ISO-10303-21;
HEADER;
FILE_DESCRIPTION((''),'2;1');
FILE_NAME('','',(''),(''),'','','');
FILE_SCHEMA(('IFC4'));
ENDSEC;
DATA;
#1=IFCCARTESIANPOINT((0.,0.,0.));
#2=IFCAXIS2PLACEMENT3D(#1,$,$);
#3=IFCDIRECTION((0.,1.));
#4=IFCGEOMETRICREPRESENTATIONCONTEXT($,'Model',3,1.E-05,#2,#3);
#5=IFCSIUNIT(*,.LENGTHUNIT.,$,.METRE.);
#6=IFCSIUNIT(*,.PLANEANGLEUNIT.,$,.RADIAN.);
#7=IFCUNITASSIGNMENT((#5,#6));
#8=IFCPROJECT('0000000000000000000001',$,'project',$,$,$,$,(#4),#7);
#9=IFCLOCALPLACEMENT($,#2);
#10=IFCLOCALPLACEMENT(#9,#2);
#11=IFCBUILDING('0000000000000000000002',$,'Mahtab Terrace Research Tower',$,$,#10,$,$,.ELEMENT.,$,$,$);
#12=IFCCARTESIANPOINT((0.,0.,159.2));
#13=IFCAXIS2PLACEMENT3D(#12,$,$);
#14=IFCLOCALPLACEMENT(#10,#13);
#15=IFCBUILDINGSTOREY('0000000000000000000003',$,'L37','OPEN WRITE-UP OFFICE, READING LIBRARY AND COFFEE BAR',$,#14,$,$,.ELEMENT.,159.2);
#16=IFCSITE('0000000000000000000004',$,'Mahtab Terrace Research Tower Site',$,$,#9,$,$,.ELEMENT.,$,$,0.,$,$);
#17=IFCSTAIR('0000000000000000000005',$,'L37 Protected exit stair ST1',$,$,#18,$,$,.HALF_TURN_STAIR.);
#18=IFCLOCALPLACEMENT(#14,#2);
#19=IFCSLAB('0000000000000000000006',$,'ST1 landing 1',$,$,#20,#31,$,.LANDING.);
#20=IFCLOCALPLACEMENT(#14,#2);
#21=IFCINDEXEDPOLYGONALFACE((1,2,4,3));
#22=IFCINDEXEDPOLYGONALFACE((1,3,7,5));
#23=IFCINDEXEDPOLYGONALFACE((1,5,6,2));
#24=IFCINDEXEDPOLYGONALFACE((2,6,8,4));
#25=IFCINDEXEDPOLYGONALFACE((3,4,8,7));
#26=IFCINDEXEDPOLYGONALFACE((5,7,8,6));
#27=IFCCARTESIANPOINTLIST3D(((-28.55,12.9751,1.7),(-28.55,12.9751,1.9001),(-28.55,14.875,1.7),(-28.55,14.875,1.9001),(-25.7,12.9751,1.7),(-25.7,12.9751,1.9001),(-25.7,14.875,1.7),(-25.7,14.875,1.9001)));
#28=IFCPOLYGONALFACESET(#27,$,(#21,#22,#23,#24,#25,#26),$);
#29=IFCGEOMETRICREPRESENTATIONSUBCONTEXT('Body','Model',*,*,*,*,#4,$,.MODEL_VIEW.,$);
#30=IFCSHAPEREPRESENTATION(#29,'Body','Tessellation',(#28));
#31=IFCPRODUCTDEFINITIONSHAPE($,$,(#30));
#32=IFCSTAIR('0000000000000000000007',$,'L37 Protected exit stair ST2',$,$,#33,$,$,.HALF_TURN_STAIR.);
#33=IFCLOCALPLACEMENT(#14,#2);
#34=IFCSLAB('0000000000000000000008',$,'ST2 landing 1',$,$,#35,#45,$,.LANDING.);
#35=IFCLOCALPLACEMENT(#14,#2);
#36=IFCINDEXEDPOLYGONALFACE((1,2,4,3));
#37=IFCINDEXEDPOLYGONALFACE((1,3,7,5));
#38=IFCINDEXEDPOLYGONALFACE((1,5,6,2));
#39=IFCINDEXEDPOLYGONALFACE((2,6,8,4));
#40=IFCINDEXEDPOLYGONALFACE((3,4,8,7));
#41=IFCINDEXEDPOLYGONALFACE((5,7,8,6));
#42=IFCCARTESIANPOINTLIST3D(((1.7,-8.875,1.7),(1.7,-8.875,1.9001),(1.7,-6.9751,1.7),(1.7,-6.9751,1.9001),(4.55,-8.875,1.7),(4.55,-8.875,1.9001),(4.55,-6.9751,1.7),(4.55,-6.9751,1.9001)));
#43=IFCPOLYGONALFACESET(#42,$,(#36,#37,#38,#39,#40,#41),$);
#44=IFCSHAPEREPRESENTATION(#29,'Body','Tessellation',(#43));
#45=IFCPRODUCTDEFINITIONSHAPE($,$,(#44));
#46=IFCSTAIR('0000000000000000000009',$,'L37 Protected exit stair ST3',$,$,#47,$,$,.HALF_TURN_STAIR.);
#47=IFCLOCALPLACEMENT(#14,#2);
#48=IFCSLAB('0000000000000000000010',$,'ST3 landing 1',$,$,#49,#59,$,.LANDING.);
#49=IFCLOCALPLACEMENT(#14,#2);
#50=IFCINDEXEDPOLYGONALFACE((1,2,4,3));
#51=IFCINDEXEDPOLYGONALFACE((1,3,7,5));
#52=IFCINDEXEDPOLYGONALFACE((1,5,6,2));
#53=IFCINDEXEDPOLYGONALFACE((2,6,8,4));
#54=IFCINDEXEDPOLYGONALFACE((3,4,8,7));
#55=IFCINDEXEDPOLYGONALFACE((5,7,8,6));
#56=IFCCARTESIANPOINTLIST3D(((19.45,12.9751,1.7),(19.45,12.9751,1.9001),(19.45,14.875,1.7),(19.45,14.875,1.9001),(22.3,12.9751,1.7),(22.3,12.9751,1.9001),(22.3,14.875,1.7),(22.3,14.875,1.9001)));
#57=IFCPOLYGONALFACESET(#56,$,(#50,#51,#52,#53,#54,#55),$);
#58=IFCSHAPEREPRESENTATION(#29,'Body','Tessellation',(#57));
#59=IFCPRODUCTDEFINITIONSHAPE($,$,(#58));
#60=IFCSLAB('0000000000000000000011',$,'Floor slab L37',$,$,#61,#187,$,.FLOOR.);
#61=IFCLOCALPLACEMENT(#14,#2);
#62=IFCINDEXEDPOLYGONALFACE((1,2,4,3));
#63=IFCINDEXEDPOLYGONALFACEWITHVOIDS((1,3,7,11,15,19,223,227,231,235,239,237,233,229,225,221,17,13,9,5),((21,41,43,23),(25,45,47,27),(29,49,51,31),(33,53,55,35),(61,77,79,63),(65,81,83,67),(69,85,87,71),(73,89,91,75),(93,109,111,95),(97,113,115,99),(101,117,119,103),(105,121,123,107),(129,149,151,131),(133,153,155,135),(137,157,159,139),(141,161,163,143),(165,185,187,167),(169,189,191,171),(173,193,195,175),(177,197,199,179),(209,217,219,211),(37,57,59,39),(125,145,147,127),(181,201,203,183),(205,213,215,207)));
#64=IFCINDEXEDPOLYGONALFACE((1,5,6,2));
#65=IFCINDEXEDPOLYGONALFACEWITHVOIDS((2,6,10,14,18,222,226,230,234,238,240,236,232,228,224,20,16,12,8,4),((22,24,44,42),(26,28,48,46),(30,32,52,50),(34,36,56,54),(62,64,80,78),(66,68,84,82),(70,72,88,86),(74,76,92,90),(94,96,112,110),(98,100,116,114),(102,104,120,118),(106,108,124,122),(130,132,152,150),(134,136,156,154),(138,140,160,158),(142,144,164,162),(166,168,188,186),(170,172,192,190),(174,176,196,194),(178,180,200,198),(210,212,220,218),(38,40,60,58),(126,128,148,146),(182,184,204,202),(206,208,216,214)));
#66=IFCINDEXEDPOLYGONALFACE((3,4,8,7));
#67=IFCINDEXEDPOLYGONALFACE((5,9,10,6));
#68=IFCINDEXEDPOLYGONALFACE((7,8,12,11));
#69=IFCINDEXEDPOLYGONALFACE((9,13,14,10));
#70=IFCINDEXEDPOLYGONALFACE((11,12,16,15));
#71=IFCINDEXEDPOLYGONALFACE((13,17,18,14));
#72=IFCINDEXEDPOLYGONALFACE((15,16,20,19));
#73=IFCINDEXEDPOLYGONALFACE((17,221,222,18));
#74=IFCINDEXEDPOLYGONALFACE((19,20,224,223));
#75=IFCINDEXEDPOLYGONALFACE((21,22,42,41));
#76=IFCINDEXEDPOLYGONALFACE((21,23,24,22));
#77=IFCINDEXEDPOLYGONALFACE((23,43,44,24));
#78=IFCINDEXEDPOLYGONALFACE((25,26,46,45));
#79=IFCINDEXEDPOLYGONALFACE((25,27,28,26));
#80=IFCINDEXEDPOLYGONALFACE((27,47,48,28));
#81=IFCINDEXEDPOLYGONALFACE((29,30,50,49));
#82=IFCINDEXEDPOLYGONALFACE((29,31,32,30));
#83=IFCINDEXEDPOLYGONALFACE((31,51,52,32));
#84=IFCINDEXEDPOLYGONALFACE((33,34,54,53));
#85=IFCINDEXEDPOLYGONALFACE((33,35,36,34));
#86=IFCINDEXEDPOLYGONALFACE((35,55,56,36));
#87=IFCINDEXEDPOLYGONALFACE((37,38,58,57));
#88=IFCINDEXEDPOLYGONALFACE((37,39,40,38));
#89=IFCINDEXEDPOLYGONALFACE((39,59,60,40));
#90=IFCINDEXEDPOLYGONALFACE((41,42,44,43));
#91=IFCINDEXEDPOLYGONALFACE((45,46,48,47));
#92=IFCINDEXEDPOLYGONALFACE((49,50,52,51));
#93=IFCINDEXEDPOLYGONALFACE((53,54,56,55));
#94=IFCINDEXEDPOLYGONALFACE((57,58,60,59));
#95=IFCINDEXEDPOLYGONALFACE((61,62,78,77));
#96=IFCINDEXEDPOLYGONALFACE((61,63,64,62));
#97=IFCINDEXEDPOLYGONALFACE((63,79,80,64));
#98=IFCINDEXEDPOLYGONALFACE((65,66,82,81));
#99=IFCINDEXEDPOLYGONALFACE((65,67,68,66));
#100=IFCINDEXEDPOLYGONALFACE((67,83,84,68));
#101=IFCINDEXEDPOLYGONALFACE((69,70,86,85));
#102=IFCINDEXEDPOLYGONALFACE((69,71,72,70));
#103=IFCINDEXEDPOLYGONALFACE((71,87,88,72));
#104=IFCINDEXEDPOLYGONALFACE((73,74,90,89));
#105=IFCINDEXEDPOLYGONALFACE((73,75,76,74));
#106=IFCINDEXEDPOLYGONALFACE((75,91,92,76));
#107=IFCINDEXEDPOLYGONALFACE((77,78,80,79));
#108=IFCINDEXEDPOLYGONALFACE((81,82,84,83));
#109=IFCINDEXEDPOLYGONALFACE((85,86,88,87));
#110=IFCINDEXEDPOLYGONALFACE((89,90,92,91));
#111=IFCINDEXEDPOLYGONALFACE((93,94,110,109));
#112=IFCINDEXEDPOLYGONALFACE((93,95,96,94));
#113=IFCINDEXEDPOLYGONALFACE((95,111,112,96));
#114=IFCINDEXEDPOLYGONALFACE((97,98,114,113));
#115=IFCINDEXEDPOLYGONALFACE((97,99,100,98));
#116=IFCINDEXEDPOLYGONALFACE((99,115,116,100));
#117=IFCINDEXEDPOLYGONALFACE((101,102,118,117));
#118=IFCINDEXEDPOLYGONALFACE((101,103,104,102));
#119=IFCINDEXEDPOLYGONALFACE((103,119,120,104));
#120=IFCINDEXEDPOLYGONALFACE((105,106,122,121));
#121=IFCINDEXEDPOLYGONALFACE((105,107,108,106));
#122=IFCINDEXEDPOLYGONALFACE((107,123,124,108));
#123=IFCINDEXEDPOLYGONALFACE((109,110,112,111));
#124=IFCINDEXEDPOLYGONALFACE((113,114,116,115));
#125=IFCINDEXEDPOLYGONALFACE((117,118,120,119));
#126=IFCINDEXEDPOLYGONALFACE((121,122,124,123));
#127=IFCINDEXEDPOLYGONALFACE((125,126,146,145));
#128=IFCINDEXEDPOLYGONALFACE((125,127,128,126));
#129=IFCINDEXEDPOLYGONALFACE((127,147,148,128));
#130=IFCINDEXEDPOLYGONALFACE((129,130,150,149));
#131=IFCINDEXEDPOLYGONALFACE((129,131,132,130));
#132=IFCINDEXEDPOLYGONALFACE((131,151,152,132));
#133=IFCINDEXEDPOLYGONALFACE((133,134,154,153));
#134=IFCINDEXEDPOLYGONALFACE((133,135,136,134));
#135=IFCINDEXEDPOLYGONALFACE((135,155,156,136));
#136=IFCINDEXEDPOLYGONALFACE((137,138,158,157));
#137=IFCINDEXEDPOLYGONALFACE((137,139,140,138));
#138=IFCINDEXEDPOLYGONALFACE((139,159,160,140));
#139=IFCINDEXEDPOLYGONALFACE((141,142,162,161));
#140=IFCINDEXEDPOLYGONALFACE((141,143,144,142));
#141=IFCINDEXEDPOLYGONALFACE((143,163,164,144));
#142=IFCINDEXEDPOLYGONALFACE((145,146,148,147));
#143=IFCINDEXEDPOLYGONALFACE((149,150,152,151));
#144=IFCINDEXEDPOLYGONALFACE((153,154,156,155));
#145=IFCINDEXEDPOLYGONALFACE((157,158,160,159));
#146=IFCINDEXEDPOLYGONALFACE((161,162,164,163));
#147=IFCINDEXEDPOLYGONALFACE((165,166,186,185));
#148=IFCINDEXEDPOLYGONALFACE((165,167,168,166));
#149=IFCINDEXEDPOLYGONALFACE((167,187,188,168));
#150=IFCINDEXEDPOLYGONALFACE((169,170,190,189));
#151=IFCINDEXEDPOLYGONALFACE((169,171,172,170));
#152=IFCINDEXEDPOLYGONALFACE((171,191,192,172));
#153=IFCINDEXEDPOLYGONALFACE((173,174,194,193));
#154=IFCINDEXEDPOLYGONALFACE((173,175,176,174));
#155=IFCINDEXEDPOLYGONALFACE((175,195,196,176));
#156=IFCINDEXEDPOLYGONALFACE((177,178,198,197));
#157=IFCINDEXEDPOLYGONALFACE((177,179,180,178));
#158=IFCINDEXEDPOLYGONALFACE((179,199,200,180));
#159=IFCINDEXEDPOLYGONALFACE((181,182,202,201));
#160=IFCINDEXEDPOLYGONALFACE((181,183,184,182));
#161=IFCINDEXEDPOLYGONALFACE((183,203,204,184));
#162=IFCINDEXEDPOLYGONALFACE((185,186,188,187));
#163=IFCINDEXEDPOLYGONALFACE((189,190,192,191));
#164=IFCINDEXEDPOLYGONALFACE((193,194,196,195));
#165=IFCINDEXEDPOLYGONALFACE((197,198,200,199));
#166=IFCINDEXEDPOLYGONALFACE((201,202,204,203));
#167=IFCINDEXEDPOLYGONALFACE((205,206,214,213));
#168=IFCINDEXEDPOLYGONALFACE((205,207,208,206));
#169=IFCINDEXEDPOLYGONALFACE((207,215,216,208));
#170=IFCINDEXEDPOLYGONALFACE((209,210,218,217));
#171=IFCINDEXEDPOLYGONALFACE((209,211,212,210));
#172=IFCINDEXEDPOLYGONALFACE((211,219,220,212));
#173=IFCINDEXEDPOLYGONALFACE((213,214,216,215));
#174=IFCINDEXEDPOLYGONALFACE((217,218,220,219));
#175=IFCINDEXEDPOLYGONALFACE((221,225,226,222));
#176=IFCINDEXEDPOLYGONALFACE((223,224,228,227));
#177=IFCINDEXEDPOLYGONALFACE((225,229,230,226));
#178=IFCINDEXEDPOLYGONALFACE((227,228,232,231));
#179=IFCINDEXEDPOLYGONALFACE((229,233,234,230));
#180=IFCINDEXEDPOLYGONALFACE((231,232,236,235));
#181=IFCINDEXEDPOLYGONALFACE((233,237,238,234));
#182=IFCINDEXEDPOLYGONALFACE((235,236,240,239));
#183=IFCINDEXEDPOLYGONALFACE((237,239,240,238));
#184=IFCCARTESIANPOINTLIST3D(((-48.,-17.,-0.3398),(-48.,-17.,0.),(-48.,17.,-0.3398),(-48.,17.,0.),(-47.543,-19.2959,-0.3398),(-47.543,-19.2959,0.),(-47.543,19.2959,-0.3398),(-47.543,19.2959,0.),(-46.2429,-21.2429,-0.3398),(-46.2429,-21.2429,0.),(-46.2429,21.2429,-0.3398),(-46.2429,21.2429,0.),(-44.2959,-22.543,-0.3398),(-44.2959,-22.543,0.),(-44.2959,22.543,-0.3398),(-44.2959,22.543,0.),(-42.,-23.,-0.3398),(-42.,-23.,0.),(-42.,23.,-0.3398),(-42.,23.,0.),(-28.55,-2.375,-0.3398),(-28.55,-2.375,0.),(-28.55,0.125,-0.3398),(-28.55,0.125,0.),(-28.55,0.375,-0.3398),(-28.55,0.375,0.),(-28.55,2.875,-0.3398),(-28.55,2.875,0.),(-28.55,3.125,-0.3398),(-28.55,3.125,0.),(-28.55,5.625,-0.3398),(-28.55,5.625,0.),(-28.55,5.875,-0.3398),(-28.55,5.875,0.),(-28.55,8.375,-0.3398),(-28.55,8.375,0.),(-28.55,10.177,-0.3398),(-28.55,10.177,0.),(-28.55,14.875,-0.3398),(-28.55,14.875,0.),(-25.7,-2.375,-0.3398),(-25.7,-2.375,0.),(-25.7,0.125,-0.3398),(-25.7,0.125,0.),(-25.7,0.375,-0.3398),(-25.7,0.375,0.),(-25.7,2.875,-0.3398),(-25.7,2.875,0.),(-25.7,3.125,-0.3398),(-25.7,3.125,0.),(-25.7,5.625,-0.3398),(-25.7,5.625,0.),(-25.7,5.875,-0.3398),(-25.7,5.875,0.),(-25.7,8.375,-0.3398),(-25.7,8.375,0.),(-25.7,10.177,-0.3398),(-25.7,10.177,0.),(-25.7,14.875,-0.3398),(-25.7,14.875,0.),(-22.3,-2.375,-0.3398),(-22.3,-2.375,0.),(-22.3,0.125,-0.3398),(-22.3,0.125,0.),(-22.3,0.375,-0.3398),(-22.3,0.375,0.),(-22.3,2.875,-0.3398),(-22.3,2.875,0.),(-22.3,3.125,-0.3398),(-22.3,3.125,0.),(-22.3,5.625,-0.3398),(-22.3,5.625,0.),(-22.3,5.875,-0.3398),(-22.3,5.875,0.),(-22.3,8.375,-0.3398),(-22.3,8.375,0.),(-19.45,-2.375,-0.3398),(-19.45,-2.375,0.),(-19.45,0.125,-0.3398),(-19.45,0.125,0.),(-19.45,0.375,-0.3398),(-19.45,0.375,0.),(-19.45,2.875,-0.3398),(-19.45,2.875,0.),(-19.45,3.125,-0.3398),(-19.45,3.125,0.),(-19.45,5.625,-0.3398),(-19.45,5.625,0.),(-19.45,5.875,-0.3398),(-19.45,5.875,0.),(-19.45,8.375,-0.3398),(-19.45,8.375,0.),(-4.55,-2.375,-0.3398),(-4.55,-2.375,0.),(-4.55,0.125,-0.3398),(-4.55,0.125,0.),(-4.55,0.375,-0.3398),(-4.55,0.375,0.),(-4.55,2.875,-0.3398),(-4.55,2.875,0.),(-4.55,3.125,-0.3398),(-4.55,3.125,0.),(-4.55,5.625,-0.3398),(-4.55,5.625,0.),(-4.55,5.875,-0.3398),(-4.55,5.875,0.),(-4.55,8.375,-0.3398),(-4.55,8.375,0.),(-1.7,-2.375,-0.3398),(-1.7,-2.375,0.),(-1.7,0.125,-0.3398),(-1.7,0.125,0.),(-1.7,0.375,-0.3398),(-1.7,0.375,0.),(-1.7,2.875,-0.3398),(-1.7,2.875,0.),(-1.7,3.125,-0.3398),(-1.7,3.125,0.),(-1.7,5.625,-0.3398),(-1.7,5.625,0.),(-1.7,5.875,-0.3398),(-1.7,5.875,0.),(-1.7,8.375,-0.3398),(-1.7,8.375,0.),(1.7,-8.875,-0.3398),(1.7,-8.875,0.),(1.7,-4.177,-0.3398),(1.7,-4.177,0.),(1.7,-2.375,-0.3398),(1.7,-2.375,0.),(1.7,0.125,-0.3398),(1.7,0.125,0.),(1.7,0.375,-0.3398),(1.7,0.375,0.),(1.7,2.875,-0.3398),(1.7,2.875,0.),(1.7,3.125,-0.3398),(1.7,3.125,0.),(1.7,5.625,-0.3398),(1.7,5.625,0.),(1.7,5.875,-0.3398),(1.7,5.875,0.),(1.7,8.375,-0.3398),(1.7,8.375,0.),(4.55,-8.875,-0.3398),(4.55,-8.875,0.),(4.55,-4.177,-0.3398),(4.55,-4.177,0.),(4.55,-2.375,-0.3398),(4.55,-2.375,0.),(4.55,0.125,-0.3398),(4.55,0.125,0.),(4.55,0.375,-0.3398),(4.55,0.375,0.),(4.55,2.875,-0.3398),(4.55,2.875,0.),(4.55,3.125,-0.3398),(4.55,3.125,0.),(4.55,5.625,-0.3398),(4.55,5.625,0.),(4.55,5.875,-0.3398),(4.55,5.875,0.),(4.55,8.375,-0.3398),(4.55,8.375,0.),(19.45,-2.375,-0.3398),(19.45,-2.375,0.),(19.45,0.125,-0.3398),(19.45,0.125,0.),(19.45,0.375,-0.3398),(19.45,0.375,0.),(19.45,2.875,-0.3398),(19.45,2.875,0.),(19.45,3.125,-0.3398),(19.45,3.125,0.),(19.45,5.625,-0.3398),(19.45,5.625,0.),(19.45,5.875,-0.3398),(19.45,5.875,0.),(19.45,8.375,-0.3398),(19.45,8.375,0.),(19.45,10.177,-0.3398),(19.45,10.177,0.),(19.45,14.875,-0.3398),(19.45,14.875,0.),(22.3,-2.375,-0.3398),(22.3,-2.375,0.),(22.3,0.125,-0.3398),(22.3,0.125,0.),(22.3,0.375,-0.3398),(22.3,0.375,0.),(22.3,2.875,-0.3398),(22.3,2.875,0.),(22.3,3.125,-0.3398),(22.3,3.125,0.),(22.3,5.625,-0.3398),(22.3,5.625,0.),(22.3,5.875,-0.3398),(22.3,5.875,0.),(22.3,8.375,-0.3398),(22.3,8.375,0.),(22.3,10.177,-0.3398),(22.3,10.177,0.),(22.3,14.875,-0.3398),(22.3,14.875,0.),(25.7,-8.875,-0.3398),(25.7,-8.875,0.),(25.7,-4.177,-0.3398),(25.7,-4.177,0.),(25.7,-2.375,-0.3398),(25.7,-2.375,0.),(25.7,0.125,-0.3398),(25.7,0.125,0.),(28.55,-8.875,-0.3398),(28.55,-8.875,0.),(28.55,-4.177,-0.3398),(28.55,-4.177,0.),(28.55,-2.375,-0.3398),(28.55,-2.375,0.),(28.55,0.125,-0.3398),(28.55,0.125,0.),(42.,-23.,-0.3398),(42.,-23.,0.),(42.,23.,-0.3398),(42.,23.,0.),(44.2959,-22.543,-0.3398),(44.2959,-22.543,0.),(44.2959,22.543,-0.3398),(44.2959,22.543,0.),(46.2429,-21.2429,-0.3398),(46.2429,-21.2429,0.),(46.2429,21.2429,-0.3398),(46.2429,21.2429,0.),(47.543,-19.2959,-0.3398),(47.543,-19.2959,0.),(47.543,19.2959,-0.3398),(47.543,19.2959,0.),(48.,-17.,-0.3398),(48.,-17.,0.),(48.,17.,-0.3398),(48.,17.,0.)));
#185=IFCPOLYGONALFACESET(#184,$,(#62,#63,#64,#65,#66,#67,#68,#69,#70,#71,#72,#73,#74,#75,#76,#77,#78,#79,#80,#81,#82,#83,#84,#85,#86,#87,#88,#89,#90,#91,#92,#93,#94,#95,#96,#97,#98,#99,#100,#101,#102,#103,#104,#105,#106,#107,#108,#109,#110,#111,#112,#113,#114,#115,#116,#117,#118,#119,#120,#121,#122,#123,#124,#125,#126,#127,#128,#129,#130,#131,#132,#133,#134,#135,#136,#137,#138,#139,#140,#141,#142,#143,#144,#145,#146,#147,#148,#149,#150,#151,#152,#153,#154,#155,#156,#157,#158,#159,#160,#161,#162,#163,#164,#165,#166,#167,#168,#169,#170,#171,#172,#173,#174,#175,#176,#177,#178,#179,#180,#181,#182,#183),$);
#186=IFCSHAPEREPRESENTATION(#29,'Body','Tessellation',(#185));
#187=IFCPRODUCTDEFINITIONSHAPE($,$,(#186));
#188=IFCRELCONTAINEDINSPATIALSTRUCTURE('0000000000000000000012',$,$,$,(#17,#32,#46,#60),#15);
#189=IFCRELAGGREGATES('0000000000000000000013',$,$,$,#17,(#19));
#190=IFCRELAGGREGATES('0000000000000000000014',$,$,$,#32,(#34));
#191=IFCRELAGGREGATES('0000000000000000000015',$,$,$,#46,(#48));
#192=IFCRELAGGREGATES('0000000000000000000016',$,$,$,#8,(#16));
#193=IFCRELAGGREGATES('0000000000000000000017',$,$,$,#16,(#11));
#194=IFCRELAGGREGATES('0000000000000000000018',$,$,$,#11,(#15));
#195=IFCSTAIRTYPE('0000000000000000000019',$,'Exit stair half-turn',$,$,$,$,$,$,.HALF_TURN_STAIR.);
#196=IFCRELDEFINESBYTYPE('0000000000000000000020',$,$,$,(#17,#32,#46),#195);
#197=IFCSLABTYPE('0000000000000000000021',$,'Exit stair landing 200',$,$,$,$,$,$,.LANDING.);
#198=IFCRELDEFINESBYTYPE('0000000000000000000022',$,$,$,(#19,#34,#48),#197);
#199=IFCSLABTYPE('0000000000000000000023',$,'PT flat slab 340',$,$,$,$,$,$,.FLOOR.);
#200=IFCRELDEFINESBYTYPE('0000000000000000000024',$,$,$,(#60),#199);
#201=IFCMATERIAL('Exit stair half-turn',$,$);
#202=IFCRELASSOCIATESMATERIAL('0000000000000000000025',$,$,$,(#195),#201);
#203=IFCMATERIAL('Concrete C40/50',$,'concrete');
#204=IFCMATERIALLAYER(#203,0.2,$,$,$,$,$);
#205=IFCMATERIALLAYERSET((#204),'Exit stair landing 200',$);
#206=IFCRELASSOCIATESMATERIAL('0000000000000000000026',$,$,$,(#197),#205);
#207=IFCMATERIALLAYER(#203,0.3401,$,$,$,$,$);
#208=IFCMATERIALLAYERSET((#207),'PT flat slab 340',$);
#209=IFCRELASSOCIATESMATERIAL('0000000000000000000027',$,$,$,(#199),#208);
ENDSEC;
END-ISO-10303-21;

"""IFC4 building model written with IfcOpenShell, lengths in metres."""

from ifc_helpers import new_model, si_unit, direction, frame, origin, place, context, subcontext, project, spatial, polyline, outline, extrude, material, layer, layer_set, type_object, element, aggregate, save


model = new_model("IFC4")

# Units and contexts
model_context = context("Model", 3, precision=1e-05, world=origin(), true_north=direction((0.0, 1.0)))
body_context = subcontext(model_context, "Body", "Model", "MODEL_VIEW")
ifc_project = project(units=[si_unit("LENGTHUNIT", "METRE"), si_unit("PLANEANGLEUNIT", "RADIAN")], contexts=[model_context])

# Site, building, storey
site_placement = place(None, origin())
site = spatial("IfcSite", under=ifc_project, at=site_placement, Name="Mahtab Terrace Research Tower Site", CompositionType="ELEMENT", RefElevation=0.0)
building_placement = place(site_placement, origin())
building = spatial("IfcBuilding", under=site, at=building_placement, Name="Mahtab Terrace Research Tower", CompositionType="ELEMENT")
storey_placement = place(building_placement, frame((0.0, 0.0, 159.2)))
storey = spatial("IfcBuildingStorey", under=building, at=storey_placement, Name="L37", Description="OPEN WRITE-UP OFFICE, READING LIBRARY AND COFFEE BAR", CompositionType="ELEMENT", Elevation=159.2)

# Stairs, slabs
ifc_material_1 = material(Name="Exit stair half-turn")
stair_type = type_object("IfcStairType", Name="Exit stair half-turn", PredefinedType="HALF_TURN_STAIR", material=ifc_material_1)
stair_1_placement = place(storey_placement, origin())
stair_1 = element("IfcStair", 1, at=stair_1_placement, inside=storey, type_object=stair_type, Name="L37 Protected exit stair ST1", PredefinedType="HALF_TURN_STAIR")
ifc_material_2 = material(Name="Concrete C40/50", Category="concrete")
ifc_layer_1 = layer(ifc_material_2, 0.2)
ifc_layer_set_1 = layer_set([ifc_layer_1], Name="Exit stair landing 200")
slab_type_1 = type_object("IfcSlabType", Name="Exit stair landing 200", PredefinedType="LANDING", material=ifc_layer_set_1)
slab_1_placement = place(storey_placement, frame((0.0, 0.0, 1.7)))
slab_1 = element("IfcSlab", 2, at=slab_1_placement, type_object=slab_type_1, Name="ST1 landing 1", PredefinedType="LANDING", context=body_context, shape_type="SweptSolid", body=[
    extrude(outline(polyline([(-25.7, 12.9751), (-25.7, 14.875), (-28.55, 14.875), (-28.55, 12.9751), (-25.7, 12.9751)])), origin(), (0.0, 0.0, 1.0), 0.2002),
])
aggregate(stair_1, [slab_1])
stair_2_placement = place(storey_placement, origin())
stair_2 = element("IfcStair", 3, at=stair_2_placement, inside=storey, type_object=stair_type, Name="L37 Protected exit stair ST2", PredefinedType="HALF_TURN_STAIR")
slab_2_placement = place(storey_placement, frame((0.0, 0.0, 1.7)))
slab_2 = element("IfcSlab", 4, at=slab_2_placement, type_object=slab_type_1, Name="ST2 landing 1", PredefinedType="LANDING", context=body_context, shape_type="SweptSolid", body=[
    extrude(outline(polyline([(1.7, -6.9751), (1.7, -8.875), (4.55, -8.875), (4.55, -6.9751), (1.7, -6.9751)])), origin(), (0.0, 0.0, 1.0), 0.2002),
])
aggregate(stair_2, [slab_2])
stair_3_placement = place(storey_placement, origin())
stair_3 = element("IfcStair", 5, at=stair_3_placement, inside=storey, type_object=stair_type, Name="L37 Protected exit stair ST3", PredefinedType="HALF_TURN_STAIR")
slab_3_placement = place(storey_placement, frame((0.0, 0.0, 1.7)))
slab_3 = element("IfcSlab", 6, at=slab_3_placement, type_object=slab_type_1, Name="ST3 landing 1", PredefinedType="LANDING", context=body_context, shape_type="SweptSolid", body=[
    extrude(outline(polyline([(22.3, 12.9751), (22.3, 14.875), (19.45, 14.875), (19.45, 12.9751), (22.3, 12.9751)])), origin(), (0.0, 0.0, 1.0), 0.2002),
])
aggregate(stair_3, [slab_3])

# Slab
ifc_layer_2 = layer(ifc_material_2, 0.3401)
ifc_layer_set_2 = layer_set([ifc_layer_2], Name="PT flat slab 340")
slab_type_2 = type_object("IfcSlabType", Name="PT flat slab 340", PredefinedType="FLOOR", material=ifc_layer_set_2)
slab_4_placement = place(storey_placement, frame((0.0, 0.0, -0.3398)))
element("IfcSlab", 7, at=slab_4_placement, inside=storey, type_object=slab_type_2, Name="Floor slab L37", PredefinedType="FLOOR", context=body_context, shape_type="SweptSolid", body=[
    extrude(outline(polyline([(47.543, 19.2959), (46.2429, 21.2429), (44.2959, 22.543), (42.0, 23.0), (-42.0, 23.0), (-44.2959, 22.543), (-46.2429, 21.2429), (-47.543, 19.2959), (-48.0, 17.0), (-48.0, -17.0), (-47.543, -19.2959), (-46.2429, -21.2429), (-44.2959, -22.543), (-42.0, -23.0), (42.0, -23.0), (44.2959, -22.543), (46.2429, -21.2429), (47.543, -19.2959), (48.0, -17.0), (48.0, 17.0), (47.543, 19.2959)]), holes=[polyline([(-28.55, -2.375), (-28.55, 0.125), (-25.7, 0.125), (-25.7, -2.375), (-28.55, -2.375)]), polyline([(-22.3, 0.125), (-19.45, 0.125), (-19.45, -2.375), (-22.3, -2.375), (-22.3, 0.125)]), polyline([(-4.55, 0.125), (-1.7, 0.125), (-1.7, -2.375), (-4.55, -2.375), (-4.55, 0.125)]), polyline([(-28.55, 0.375), (-28.55, 2.875), (-25.7, 2.875), (-25.7, 0.375), (-28.55, 0.375)]), polyline([(-22.3, 2.875), (-19.45, 2.875), (-19.45, 0.375), (-22.3, 0.375), (-22.3, 2.875)]), polyline([(-4.55, 2.875), (-1.7, 2.875), (-1.7, 0.375), (-4.55, 0.375), (-4.55, 2.875)]), polyline([(-28.55, 3.125), (-28.55, 5.625), (-25.7, 5.625), (-25.7, 3.125), (-28.55, 3.125)]), polyline([(-22.3, 5.625), (-19.45, 5.625), (-19.45, 3.125), (-22.3, 3.125), (-22.3, 5.625)]), polyline([(-4.55, 5.625), (-1.7, 5.625), (-1.7, 3.125), (-4.55, 3.125), (-4.55, 5.625)]), polyline([(-28.55, 5.875), (-28.55, 8.375), (-25.7, 8.375), (-25.7, 5.875), (-28.55, 5.875)]), polyline([(-22.3, 8.375), (-19.45, 8.375), (-19.45, 5.875), (-22.3, 5.875), (-22.3, 8.375)]), polyline([(-4.55, 8.375), (-1.7, 8.375), (-1.7, 5.875), (-4.55, 5.875), (-4.55, 8.375)]), polyline([(-28.55, 10.177), (-28.55, 14.875), (-25.7, 14.875), (-25.7, 10.177), (-28.55, 10.177)]), polyline([(1.7, -4.177), (4.55, -4.177), (4.55, -8.875), (1.7, -8.875), (1.7, -4.177)]), polyline([(25.7, -4.177), (28.55, -4.177), (28.55, -8.875), (25.7, -8.875), (25.7, -4.177)]), polyline([(1.7, -2.375), (1.7, 0.125), (4.55, 0.125), (4.55, -2.375), (1.7, -2.375)]), polyline([(19.45, 0.125), (22.3, 0.125), (22.3, -2.375), (19.45, -2.375), (19.45, 0.125)]), polyline([(25.7, 0.125), (28.55, 0.125), (28.55, -2.375), (25.7, -2.375), (25.7, 0.125)]), polyline([(1.7, 0.375), (1.7, 2.875), (4.55, 2.875), (4.55, 0.375), (1.7, 0.375)]), polyline([(19.45, 2.875), (22.3, 2.875), (22.3, 0.375), (19.45, 0.375), (19.45, 2.875)]), polyline([(1.7, 5.625), (4.55, 5.625), (4.55, 3.125), (1.7, 3.125), (1.7, 5.625)]), polyline([(19.45, 5.625), (22.3, 5.625), (22.3, 3.125), (19.45, 3.125), (19.45, 5.625)]), polyline([(1.7, 8.375), (4.55, 8.375), (4.55, 5.875), (1.7, 5.875), (1.7, 8.375)]), polyline([(19.45, 8.375), (22.3, 8.375), (22.3, 5.875), (19.45, 5.875), (19.45, 8.375)]), polyline([(19.45, 14.875), (22.3, 14.875), (22.3, 10.177), (19.45, 10.177), (19.45, 14.875)])]), origin(), (0.0, 0.0, 1.0), 0.3398),
])

save(model, "model.ifc")
